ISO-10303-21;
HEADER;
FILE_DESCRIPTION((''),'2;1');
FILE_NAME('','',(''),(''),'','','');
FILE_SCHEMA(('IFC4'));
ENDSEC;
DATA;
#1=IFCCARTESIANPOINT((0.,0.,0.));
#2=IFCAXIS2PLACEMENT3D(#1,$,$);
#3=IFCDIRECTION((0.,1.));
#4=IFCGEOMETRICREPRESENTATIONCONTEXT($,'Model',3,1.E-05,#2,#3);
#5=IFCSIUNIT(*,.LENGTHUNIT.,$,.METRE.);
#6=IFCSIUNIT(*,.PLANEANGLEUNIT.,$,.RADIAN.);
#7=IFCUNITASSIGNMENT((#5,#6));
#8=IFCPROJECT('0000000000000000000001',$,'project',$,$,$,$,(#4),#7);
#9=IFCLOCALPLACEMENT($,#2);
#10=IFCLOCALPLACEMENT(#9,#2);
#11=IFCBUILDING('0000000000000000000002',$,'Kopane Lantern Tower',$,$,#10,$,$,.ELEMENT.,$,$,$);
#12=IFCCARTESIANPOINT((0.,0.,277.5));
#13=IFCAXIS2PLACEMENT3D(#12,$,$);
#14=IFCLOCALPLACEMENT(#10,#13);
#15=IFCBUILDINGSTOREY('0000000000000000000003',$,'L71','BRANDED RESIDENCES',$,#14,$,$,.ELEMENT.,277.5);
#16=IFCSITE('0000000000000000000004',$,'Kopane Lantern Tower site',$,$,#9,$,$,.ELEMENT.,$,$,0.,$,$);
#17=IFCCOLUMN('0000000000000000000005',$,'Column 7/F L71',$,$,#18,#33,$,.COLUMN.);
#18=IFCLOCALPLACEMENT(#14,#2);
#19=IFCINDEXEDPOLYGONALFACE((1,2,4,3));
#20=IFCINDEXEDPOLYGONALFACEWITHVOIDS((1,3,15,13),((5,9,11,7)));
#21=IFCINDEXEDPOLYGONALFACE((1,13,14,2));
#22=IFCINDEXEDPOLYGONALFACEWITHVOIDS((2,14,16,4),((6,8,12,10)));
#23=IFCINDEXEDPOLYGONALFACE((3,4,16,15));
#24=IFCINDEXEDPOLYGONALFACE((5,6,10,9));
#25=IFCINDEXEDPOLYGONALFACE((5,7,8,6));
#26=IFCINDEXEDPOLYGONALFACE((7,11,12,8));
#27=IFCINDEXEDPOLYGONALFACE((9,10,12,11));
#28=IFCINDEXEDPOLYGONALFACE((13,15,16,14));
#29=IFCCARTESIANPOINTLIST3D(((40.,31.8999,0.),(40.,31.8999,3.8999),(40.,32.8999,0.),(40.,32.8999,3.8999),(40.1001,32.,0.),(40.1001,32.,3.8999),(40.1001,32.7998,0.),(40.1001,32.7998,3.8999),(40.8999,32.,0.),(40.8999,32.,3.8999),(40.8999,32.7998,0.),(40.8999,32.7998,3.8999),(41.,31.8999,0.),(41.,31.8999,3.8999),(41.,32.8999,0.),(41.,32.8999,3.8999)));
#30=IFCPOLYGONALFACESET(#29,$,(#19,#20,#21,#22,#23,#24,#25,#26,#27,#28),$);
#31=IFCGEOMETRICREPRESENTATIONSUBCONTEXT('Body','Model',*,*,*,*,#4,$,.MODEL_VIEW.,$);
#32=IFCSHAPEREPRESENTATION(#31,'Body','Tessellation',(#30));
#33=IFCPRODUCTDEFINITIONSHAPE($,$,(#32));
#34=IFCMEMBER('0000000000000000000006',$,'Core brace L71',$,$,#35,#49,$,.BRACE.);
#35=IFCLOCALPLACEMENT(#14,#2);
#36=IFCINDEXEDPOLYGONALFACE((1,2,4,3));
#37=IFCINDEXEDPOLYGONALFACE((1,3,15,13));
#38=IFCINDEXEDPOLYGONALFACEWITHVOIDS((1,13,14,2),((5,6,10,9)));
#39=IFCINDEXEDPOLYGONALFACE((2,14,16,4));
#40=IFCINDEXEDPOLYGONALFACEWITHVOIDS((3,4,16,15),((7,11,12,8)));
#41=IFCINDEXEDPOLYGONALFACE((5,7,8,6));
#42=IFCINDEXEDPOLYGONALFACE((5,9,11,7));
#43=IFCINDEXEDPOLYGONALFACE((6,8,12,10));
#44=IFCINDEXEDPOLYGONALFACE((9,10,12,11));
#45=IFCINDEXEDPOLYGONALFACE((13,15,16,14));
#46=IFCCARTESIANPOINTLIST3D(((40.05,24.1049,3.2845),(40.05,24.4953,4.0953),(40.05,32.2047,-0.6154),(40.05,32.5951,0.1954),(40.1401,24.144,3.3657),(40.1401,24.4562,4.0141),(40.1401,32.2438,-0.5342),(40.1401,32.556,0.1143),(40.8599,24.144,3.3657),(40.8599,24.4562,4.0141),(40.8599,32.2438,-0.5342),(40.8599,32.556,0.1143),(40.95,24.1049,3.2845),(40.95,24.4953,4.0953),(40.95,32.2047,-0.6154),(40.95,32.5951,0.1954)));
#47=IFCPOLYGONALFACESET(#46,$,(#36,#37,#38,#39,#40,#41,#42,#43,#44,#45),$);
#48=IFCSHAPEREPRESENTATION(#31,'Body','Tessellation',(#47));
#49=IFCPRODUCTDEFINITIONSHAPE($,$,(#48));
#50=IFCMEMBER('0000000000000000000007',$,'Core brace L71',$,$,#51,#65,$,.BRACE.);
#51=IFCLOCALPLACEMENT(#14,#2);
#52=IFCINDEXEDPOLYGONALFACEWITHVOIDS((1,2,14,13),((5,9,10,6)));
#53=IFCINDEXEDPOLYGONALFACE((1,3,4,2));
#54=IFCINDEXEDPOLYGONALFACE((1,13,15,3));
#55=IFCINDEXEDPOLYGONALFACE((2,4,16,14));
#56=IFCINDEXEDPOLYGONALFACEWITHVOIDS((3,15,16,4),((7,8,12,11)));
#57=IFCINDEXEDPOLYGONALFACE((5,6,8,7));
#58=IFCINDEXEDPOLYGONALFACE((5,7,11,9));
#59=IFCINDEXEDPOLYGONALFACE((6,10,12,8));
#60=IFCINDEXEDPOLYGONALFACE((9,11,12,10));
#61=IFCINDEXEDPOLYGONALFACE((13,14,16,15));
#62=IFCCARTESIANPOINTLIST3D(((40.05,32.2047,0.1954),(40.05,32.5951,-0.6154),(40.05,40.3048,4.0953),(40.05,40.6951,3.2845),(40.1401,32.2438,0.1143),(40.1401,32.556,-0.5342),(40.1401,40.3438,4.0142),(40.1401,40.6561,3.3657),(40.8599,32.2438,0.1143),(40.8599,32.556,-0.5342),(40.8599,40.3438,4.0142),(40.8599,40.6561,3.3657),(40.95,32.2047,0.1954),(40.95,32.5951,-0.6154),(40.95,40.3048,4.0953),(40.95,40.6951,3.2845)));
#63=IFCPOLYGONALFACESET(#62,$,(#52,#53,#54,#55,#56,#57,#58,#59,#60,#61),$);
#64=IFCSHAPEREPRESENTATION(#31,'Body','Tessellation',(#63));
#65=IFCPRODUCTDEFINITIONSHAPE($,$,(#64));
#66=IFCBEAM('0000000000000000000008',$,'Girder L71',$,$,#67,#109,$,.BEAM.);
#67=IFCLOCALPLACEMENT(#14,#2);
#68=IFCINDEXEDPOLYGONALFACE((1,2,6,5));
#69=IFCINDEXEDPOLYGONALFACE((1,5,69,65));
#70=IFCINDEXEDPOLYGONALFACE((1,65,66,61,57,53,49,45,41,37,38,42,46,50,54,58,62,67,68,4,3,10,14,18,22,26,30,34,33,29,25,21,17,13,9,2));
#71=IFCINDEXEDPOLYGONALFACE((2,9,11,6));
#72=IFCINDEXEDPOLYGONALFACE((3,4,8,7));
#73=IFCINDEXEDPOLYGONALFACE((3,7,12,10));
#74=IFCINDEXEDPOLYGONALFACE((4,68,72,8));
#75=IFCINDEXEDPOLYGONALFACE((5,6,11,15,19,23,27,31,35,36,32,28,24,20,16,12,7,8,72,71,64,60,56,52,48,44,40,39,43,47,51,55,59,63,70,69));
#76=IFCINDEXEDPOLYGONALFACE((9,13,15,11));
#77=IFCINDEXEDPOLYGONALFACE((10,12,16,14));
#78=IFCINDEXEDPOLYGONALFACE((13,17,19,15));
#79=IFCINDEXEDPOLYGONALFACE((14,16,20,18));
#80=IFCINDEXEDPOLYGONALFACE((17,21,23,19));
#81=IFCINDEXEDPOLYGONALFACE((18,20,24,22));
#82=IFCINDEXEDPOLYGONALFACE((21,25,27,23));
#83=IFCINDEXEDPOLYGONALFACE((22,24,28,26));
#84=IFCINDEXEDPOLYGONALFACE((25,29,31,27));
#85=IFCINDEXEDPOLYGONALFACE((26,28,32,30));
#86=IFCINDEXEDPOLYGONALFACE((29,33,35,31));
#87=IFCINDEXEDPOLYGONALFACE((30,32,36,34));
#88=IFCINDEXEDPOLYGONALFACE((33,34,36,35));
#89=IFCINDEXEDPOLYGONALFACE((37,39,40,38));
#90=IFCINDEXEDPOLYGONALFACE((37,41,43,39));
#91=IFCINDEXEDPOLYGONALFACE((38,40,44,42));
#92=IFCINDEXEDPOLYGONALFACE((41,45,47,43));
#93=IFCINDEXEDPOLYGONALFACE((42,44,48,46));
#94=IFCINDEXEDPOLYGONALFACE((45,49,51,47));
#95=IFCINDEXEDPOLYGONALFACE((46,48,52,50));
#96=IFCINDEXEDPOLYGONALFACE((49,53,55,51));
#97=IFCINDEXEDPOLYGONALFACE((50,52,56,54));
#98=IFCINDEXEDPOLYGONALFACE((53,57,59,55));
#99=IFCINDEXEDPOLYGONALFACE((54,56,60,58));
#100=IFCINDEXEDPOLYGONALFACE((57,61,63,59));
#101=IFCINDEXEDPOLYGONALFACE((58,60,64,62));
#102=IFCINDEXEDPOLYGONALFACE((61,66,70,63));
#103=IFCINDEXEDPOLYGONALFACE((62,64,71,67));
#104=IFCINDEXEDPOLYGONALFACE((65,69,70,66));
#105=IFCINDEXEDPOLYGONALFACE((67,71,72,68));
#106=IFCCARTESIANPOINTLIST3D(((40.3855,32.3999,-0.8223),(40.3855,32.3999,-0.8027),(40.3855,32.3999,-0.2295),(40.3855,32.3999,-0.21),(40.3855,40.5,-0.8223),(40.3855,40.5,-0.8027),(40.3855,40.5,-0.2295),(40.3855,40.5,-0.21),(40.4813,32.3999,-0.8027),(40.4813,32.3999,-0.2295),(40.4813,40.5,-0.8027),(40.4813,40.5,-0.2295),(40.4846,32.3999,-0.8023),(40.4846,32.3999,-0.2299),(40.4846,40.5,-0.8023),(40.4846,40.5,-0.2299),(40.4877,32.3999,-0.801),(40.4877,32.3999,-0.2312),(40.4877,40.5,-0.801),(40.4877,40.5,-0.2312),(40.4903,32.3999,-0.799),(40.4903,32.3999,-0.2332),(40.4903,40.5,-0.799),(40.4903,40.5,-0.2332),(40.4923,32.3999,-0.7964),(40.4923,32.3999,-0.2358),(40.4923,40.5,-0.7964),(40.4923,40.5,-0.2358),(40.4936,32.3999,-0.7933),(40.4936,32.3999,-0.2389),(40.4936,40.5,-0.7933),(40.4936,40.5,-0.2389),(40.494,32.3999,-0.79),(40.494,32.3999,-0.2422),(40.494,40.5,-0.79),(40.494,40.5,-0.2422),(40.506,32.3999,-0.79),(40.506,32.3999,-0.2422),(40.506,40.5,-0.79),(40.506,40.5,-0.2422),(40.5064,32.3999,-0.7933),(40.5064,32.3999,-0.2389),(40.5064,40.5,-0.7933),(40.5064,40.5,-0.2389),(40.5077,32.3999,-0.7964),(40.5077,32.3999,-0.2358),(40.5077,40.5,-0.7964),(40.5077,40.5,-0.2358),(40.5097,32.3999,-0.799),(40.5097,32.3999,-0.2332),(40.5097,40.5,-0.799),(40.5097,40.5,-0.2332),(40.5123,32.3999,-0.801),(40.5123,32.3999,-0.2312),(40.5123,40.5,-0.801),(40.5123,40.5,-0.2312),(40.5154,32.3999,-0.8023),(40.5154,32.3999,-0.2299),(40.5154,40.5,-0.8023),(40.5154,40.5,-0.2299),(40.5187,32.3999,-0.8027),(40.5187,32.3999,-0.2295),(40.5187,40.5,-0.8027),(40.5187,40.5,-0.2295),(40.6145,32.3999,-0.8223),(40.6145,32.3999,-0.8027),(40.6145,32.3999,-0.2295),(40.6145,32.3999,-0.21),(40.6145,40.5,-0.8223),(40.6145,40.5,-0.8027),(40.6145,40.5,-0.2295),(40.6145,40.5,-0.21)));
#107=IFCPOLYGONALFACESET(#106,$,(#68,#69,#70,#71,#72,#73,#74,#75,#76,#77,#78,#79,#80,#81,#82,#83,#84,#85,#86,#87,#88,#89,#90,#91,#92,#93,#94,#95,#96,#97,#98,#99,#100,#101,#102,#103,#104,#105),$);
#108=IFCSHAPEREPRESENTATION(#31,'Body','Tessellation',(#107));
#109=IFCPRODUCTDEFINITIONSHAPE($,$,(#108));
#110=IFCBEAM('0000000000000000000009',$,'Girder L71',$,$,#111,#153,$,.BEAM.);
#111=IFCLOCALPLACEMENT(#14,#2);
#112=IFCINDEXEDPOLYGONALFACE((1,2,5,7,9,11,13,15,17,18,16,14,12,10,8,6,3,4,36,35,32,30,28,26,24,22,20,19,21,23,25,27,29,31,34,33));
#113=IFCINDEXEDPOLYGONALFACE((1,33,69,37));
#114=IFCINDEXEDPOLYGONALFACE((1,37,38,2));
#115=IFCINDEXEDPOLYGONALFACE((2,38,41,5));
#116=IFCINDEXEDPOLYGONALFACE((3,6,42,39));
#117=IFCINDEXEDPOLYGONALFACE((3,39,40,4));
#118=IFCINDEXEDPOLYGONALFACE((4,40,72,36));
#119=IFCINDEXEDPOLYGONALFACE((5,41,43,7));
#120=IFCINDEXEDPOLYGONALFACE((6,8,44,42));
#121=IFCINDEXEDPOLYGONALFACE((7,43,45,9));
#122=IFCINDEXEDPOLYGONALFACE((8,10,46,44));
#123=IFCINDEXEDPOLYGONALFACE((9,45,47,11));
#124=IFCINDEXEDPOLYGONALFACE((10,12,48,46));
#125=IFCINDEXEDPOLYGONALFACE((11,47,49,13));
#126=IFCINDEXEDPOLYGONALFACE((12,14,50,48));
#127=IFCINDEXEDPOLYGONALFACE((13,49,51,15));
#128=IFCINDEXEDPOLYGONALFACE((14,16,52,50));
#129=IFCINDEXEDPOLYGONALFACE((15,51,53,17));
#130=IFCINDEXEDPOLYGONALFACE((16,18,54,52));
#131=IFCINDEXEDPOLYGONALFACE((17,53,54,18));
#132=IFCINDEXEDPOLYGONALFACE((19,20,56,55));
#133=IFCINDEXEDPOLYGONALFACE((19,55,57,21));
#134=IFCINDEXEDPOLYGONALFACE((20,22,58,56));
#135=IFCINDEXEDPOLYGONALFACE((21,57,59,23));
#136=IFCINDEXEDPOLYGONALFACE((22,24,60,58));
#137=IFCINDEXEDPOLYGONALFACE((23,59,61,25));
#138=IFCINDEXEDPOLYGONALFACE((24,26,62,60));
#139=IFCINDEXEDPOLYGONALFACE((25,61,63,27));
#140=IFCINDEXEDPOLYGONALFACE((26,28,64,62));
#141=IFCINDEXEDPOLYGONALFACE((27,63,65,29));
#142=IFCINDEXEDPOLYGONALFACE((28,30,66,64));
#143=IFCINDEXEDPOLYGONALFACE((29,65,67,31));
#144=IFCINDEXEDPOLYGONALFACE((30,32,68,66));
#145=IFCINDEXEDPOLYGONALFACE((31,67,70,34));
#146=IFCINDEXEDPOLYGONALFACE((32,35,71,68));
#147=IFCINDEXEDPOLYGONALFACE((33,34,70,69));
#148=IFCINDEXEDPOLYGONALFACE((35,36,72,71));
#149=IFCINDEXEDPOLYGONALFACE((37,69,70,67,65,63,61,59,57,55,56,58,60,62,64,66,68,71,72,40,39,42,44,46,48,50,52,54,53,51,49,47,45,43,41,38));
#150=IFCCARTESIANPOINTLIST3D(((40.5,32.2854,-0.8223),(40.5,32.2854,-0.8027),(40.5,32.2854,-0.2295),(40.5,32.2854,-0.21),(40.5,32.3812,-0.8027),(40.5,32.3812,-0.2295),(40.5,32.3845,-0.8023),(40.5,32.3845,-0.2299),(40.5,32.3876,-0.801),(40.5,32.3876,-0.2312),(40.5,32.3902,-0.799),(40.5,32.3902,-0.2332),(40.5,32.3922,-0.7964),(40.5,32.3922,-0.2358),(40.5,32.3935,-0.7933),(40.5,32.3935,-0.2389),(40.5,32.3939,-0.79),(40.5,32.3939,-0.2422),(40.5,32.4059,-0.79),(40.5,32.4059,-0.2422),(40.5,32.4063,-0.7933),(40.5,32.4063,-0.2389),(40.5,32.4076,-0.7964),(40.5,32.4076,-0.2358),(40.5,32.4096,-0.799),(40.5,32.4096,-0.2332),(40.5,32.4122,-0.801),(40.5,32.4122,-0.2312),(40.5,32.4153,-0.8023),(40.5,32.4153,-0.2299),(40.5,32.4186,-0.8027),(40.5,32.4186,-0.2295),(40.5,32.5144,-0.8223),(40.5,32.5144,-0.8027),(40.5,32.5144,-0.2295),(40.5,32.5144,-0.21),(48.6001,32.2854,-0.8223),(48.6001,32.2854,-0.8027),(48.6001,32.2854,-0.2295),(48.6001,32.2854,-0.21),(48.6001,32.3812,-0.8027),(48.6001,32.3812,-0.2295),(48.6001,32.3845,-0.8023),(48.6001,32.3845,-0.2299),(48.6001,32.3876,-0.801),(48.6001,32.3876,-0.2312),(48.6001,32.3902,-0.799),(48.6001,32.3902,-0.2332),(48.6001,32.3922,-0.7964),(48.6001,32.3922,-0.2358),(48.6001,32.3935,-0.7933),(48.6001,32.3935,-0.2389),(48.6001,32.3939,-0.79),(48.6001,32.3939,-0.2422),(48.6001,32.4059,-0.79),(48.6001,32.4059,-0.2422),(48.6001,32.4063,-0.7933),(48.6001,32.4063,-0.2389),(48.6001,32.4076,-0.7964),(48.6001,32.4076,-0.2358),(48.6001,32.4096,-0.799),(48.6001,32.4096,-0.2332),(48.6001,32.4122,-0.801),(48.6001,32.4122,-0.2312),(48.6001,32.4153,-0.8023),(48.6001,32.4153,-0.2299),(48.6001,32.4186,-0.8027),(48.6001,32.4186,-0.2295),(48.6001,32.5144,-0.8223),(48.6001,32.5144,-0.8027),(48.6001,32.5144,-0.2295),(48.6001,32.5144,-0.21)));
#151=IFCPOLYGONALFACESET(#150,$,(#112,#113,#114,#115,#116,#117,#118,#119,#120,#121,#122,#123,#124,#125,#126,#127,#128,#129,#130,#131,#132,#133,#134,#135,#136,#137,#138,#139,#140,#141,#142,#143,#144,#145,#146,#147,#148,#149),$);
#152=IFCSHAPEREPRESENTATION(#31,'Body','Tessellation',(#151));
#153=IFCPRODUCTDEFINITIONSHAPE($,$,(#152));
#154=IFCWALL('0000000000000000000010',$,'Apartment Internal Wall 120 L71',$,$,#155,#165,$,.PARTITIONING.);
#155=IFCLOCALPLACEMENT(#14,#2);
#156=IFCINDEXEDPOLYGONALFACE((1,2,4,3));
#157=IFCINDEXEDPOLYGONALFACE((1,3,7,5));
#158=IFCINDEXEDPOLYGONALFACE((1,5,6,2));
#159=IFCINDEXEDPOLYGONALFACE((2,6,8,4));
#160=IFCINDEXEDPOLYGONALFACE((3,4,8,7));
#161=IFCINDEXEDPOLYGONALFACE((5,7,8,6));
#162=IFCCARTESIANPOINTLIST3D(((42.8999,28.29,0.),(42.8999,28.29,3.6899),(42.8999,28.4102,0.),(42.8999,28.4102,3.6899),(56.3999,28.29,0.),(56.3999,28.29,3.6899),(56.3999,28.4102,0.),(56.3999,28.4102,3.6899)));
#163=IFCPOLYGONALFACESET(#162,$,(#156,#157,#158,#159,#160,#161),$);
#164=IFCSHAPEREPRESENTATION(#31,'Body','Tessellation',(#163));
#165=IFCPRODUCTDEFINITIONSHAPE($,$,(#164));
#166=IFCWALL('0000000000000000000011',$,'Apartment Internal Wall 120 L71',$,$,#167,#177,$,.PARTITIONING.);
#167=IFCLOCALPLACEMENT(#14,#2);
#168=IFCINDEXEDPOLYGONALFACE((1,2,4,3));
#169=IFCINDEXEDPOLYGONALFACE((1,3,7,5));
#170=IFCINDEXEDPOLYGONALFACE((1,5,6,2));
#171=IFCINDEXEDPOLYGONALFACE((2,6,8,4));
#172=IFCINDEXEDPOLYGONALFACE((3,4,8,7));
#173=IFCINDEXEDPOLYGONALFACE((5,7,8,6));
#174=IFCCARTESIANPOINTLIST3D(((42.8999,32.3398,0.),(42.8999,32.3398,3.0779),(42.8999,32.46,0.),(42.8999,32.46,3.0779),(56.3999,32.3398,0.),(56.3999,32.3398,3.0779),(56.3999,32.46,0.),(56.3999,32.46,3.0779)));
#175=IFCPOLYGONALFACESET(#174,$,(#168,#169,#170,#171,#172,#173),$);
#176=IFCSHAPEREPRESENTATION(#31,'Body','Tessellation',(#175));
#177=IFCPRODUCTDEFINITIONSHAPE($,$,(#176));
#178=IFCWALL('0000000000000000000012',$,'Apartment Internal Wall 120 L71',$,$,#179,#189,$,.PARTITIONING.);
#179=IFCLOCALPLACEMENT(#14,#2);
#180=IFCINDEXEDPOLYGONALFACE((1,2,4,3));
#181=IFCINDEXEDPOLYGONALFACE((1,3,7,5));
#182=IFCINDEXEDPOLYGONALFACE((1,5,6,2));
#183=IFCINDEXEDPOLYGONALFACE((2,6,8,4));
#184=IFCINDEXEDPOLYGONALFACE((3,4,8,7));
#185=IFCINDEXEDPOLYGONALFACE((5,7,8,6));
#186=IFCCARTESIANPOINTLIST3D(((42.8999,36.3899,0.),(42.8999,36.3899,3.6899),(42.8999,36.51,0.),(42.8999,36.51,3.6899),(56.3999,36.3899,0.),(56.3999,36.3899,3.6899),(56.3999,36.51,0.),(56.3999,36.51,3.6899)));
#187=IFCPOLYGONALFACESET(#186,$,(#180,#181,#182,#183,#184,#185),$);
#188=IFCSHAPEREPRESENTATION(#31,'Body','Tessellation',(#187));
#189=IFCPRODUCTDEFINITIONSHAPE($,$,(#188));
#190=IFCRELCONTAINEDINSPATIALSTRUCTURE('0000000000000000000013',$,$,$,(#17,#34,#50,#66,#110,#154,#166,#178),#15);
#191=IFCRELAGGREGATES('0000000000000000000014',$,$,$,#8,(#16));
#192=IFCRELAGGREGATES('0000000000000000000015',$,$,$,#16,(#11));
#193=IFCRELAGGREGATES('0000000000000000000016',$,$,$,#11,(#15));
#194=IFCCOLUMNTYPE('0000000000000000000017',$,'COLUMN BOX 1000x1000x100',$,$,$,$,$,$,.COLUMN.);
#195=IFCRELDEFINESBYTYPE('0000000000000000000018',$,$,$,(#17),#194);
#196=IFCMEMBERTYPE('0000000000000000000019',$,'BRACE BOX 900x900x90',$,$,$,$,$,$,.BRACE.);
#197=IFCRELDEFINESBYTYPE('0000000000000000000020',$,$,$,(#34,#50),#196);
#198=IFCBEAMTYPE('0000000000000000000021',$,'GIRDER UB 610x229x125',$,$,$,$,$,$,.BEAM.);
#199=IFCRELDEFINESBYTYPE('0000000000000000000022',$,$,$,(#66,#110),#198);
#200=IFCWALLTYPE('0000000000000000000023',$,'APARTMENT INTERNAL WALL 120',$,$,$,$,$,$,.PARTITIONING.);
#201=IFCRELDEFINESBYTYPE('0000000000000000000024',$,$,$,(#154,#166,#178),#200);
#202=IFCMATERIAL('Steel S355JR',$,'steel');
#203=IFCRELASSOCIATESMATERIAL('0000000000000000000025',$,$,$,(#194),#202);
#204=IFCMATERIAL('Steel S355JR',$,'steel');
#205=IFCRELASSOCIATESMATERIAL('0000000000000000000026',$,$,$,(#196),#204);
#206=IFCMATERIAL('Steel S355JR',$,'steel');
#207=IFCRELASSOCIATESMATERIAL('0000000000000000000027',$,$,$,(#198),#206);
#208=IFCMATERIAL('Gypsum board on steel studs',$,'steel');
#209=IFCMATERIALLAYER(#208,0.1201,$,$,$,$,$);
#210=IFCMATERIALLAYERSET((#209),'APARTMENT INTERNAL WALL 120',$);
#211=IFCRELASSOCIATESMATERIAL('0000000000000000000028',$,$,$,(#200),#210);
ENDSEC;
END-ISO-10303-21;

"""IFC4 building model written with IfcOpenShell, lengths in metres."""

from ifc_helpers import new_model, si_unit, direction, frame, frame_2d, origin, origin_2d, place, context, subcontext, project, spatial, rectangle, hollow_rectangle, i_section, extrude, material, layer, layer_set, material_profile, profile_set, type_object, element, save


model = new_model("IFC4")

# Units and contexts
model_context = context("Model", 3, precision=1e-05, world=origin(), true_north=direction((0.0, 1.0)))
body_context = subcontext(model_context, "Body", "Model", "MODEL_VIEW")
ifc_project = project(units=[si_unit("LENGTHUNIT", "METRE"), si_unit("PLANEANGLEUNIT", "RADIAN")], contexts=[model_context])

# Site, building, storey
site_placement = place(None, origin())
site = spatial("IfcSite", under=ifc_project, at=site_placement, Name="Kopane Lantern Tower site", CompositionType="ELEMENT", RefElevation=0.0)
building_placement = place(site_placement, origin())
building = spatial("IfcBuilding", under=site, at=building_placement, Name="Kopane Lantern Tower", CompositionType="ELEMENT")
storey_placement = place(building_placement, frame((0.0, 0.0, 277.5)))
storey = spatial("IfcBuildingStorey", under=building, at=storey_placement, Name="L71", Description="BRANDED RESIDENCES", CompositionType="ELEMENT", Elevation=277.5)

# Column
ifc_material_1 = material(Name="Steel S355JR", Category="steel")
ifc_material_profile_1 = material_profile(ifc_material_1, hollow_rectangle(XDim=1.0, YDim=1.0, WallThickness=0.1001, at=origin_2d()), Name="BOX 1000x1000x100")
ifc_profile_set_1 = profile_set([ifc_material_profile_1], Name="Steel S355JR")
column_type = type_object("IfcColumnType", Name="COLUMN BOX 1000x1000x100", PredefinedType="COLUMN", material=ifc_profile_set_1)
column_placement = place(storey_placement, frame((40.5, 32.3999, 0.0), z_axis=(0.0, 0.0, 1.0), x_axis=(1.0, 0.0, 0.0)))
element("IfcColumn", 1, at=column_placement, inside=storey, type_object=column_type, Name="Column 7/F L71", PredefinedType="COLUMN", context=body_context, shape_type="SweptSolid", body=[
    extrude(hollow_rectangle(XDim=1.0, YDim=1.0, WallThickness=0.1001, at=origin_2d()), origin(), (0.0, 0.0, 1.0), 3.8999),
])

# Members
ifc_material_2 = material(Name="Steel S355JR", Category="steel")
ifc_material_profile_2 = material_profile(ifc_material_2, hollow_rectangle(XDim=0.8999, YDim=0.8999, WallThickness=0.0901, at=origin_2d()), Name="BOX 900x900x90")
ifc_profile_set_2 = profile_set([ifc_material_profile_2], Name="Steel S355JR")
member_type = type_object("IfcMemberType", Name="BRACE BOX 900x900x90", PredefinedType="BRACE", material=ifc_profile_set_2)
member_1_placement = place(storey_placement, frame((40.5, 32.3999, -0.21), z_axis=(0.0, -0.901003, 0.433813), x_axis=(1.0, 0.0, 0.0)))
element("IfcMember", 2, at=member_1_placement, inside=storey, type_object=member_type, Name="Core brace L71", PredefinedType="BRACE", context=body_context, shape_type="SweptSolid", body=[
    extrude(hollow_rectangle(XDim=0.8999, YDim=0.8999, WallThickness=0.0901, at=origin_2d()), origin(), (0.0, 0.0, 1.0), 8.9897),
])
member_2_placement = place(storey_placement, frame((40.5, 32.3999, -0.21), z_axis=(0.0, 0.901008, 0.433803), x_axis=(-1.0, 0.0, 0.0)))
element("IfcMember", 3, at=member_2_placement, inside=storey, type_object=member_type, Name="Core brace L71", PredefinedType="BRACE", context=body_context, shape_type="SweptSolid", body=[
    extrude(hollow_rectangle(XDim=0.8999, YDim=0.8999, WallThickness=0.0901, at=origin_2d()), origin(), (0.0, 0.0, 1.0), 8.99),
])

# Beams
ifc_material_3 = material(Name="Steel S355JR", Category="steel")
ifc_material_profile_3 = material_profile(ifc_material_3, i_section(OverallWidth=0.229, OverallDepth=0.6123, WebThickness=0.012, FlangeThickness=0.0195, FilletRadius=0.0127, at=origin_2d()), Name="UB 610x229x125")
ifc_profile_set_3 = profile_set([ifc_material_profile_3], Name="Steel S355JR")
beam_type = type_object("IfcBeamType", Name="GIRDER UB 610x229x125", PredefinedType="BEAM", material=ifc_profile_set_3)
for number, where, z_axis, x_axis, name in (
    (4, (40.5, 32.3999, -0.5161), (0.0, 1.0, 0.0), (-1.0, 0.0, 0.0), "Girder L71"),
    (5, (40.5, 32.3999, -0.5161), (1.0, 0.0, 0.0), (0.0, 1.0, 0.0), "Girder L71"),
):
    element("IfcBeam", number, at=place(storey_placement, frame(where, z_axis=z_axis, x_axis=x_axis)), inside=storey, type_object=beam_type, Name=name, PredefinedType="BEAM", context=body_context, shape_type="SweptSolid", body=[
        extrude(i_section(OverallWidth=0.229, OverallDepth=0.6123, WebThickness=0.012, FlangeThickness=0.0195, FilletRadius=0.0127, at=origin_2d()), origin(), (0.0, 0.0, 1.0), 8.1001),
    ])

# Walls
ifc_material_4 = material(Name="Gypsum board on steel studs", Category="steel")
ifc_layer_1 = layer(ifc_material_4, 0.1201)
ifc_layer_set_1 = layer_set([ifc_layer_1], Name="APARTMENT INTERNAL WALL 120")
wall_type_1 = type_object("IfcWallType", Name="APARTMENT INTERNAL WALL 120", PredefinedType="PARTITIONING", material=ifc_layer_set_1)
wall_1_placement = place(storey_placement, frame((42.8999, 28.3501, 0.0), z_axis=(0.0, 0.0, 1.0), x_axis=(1.0, 0.0, 0.0)))
element("IfcWall", 6, at=wall_1_placement, inside=storey, type_object=wall_type_1, Name="Apartment Internal Wall 120 L71", PredefinedType="PARTITIONING", context=body_context, shape_type="SweptSolid", body=[
    extrude(rectangle(XDim=13.5, YDim=0.1201, at=frame_2d((6.75, 0.0))), origin(), (0.0, 0.0, 1.0), 3.6899),
])
wall_2_placement = place(storey_placement, frame((42.8999, 32.3999, 0.0), z_axis=(0.0, 0.0, 1.0), x_axis=(1.0, 0.0, 0.0)))
element("IfcWall", 7, at=wall_2_placement, inside=storey, type_object=wall_type_1, Name="Apartment Internal Wall 120 L71", PredefinedType="PARTITIONING", context=body_context, shape_type="SweptSolid", body=[
    extrude(rectangle(XDim=13.5, YDim=0.1201, at=frame_2d((6.75, 0.0))), origin(), (0.0, 0.0, 1.0), 3.0779),
])
wall_3_placement = place(storey_placement, frame((42.8999, 36.45, 0.0), z_axis=(0.0, 0.0, 1.0), x_axis=(1.0, 0.0, 0.0)))
element("IfcWall", 8, at=wall_3_placement, inside=storey, type_object=wall_type_1, Name="Apartment Internal Wall 120 L71", PredefinedType="PARTITIONING", context=body_context, shape_type="SweptSolid", body=[
    extrude(rectangle(XDim=13.5, YDim=0.1201, at=frame_2d((6.75, 0.0))), origin(), (0.0, 0.0, 1.0), 3.6899),
])

save(model, "model.ifc")
